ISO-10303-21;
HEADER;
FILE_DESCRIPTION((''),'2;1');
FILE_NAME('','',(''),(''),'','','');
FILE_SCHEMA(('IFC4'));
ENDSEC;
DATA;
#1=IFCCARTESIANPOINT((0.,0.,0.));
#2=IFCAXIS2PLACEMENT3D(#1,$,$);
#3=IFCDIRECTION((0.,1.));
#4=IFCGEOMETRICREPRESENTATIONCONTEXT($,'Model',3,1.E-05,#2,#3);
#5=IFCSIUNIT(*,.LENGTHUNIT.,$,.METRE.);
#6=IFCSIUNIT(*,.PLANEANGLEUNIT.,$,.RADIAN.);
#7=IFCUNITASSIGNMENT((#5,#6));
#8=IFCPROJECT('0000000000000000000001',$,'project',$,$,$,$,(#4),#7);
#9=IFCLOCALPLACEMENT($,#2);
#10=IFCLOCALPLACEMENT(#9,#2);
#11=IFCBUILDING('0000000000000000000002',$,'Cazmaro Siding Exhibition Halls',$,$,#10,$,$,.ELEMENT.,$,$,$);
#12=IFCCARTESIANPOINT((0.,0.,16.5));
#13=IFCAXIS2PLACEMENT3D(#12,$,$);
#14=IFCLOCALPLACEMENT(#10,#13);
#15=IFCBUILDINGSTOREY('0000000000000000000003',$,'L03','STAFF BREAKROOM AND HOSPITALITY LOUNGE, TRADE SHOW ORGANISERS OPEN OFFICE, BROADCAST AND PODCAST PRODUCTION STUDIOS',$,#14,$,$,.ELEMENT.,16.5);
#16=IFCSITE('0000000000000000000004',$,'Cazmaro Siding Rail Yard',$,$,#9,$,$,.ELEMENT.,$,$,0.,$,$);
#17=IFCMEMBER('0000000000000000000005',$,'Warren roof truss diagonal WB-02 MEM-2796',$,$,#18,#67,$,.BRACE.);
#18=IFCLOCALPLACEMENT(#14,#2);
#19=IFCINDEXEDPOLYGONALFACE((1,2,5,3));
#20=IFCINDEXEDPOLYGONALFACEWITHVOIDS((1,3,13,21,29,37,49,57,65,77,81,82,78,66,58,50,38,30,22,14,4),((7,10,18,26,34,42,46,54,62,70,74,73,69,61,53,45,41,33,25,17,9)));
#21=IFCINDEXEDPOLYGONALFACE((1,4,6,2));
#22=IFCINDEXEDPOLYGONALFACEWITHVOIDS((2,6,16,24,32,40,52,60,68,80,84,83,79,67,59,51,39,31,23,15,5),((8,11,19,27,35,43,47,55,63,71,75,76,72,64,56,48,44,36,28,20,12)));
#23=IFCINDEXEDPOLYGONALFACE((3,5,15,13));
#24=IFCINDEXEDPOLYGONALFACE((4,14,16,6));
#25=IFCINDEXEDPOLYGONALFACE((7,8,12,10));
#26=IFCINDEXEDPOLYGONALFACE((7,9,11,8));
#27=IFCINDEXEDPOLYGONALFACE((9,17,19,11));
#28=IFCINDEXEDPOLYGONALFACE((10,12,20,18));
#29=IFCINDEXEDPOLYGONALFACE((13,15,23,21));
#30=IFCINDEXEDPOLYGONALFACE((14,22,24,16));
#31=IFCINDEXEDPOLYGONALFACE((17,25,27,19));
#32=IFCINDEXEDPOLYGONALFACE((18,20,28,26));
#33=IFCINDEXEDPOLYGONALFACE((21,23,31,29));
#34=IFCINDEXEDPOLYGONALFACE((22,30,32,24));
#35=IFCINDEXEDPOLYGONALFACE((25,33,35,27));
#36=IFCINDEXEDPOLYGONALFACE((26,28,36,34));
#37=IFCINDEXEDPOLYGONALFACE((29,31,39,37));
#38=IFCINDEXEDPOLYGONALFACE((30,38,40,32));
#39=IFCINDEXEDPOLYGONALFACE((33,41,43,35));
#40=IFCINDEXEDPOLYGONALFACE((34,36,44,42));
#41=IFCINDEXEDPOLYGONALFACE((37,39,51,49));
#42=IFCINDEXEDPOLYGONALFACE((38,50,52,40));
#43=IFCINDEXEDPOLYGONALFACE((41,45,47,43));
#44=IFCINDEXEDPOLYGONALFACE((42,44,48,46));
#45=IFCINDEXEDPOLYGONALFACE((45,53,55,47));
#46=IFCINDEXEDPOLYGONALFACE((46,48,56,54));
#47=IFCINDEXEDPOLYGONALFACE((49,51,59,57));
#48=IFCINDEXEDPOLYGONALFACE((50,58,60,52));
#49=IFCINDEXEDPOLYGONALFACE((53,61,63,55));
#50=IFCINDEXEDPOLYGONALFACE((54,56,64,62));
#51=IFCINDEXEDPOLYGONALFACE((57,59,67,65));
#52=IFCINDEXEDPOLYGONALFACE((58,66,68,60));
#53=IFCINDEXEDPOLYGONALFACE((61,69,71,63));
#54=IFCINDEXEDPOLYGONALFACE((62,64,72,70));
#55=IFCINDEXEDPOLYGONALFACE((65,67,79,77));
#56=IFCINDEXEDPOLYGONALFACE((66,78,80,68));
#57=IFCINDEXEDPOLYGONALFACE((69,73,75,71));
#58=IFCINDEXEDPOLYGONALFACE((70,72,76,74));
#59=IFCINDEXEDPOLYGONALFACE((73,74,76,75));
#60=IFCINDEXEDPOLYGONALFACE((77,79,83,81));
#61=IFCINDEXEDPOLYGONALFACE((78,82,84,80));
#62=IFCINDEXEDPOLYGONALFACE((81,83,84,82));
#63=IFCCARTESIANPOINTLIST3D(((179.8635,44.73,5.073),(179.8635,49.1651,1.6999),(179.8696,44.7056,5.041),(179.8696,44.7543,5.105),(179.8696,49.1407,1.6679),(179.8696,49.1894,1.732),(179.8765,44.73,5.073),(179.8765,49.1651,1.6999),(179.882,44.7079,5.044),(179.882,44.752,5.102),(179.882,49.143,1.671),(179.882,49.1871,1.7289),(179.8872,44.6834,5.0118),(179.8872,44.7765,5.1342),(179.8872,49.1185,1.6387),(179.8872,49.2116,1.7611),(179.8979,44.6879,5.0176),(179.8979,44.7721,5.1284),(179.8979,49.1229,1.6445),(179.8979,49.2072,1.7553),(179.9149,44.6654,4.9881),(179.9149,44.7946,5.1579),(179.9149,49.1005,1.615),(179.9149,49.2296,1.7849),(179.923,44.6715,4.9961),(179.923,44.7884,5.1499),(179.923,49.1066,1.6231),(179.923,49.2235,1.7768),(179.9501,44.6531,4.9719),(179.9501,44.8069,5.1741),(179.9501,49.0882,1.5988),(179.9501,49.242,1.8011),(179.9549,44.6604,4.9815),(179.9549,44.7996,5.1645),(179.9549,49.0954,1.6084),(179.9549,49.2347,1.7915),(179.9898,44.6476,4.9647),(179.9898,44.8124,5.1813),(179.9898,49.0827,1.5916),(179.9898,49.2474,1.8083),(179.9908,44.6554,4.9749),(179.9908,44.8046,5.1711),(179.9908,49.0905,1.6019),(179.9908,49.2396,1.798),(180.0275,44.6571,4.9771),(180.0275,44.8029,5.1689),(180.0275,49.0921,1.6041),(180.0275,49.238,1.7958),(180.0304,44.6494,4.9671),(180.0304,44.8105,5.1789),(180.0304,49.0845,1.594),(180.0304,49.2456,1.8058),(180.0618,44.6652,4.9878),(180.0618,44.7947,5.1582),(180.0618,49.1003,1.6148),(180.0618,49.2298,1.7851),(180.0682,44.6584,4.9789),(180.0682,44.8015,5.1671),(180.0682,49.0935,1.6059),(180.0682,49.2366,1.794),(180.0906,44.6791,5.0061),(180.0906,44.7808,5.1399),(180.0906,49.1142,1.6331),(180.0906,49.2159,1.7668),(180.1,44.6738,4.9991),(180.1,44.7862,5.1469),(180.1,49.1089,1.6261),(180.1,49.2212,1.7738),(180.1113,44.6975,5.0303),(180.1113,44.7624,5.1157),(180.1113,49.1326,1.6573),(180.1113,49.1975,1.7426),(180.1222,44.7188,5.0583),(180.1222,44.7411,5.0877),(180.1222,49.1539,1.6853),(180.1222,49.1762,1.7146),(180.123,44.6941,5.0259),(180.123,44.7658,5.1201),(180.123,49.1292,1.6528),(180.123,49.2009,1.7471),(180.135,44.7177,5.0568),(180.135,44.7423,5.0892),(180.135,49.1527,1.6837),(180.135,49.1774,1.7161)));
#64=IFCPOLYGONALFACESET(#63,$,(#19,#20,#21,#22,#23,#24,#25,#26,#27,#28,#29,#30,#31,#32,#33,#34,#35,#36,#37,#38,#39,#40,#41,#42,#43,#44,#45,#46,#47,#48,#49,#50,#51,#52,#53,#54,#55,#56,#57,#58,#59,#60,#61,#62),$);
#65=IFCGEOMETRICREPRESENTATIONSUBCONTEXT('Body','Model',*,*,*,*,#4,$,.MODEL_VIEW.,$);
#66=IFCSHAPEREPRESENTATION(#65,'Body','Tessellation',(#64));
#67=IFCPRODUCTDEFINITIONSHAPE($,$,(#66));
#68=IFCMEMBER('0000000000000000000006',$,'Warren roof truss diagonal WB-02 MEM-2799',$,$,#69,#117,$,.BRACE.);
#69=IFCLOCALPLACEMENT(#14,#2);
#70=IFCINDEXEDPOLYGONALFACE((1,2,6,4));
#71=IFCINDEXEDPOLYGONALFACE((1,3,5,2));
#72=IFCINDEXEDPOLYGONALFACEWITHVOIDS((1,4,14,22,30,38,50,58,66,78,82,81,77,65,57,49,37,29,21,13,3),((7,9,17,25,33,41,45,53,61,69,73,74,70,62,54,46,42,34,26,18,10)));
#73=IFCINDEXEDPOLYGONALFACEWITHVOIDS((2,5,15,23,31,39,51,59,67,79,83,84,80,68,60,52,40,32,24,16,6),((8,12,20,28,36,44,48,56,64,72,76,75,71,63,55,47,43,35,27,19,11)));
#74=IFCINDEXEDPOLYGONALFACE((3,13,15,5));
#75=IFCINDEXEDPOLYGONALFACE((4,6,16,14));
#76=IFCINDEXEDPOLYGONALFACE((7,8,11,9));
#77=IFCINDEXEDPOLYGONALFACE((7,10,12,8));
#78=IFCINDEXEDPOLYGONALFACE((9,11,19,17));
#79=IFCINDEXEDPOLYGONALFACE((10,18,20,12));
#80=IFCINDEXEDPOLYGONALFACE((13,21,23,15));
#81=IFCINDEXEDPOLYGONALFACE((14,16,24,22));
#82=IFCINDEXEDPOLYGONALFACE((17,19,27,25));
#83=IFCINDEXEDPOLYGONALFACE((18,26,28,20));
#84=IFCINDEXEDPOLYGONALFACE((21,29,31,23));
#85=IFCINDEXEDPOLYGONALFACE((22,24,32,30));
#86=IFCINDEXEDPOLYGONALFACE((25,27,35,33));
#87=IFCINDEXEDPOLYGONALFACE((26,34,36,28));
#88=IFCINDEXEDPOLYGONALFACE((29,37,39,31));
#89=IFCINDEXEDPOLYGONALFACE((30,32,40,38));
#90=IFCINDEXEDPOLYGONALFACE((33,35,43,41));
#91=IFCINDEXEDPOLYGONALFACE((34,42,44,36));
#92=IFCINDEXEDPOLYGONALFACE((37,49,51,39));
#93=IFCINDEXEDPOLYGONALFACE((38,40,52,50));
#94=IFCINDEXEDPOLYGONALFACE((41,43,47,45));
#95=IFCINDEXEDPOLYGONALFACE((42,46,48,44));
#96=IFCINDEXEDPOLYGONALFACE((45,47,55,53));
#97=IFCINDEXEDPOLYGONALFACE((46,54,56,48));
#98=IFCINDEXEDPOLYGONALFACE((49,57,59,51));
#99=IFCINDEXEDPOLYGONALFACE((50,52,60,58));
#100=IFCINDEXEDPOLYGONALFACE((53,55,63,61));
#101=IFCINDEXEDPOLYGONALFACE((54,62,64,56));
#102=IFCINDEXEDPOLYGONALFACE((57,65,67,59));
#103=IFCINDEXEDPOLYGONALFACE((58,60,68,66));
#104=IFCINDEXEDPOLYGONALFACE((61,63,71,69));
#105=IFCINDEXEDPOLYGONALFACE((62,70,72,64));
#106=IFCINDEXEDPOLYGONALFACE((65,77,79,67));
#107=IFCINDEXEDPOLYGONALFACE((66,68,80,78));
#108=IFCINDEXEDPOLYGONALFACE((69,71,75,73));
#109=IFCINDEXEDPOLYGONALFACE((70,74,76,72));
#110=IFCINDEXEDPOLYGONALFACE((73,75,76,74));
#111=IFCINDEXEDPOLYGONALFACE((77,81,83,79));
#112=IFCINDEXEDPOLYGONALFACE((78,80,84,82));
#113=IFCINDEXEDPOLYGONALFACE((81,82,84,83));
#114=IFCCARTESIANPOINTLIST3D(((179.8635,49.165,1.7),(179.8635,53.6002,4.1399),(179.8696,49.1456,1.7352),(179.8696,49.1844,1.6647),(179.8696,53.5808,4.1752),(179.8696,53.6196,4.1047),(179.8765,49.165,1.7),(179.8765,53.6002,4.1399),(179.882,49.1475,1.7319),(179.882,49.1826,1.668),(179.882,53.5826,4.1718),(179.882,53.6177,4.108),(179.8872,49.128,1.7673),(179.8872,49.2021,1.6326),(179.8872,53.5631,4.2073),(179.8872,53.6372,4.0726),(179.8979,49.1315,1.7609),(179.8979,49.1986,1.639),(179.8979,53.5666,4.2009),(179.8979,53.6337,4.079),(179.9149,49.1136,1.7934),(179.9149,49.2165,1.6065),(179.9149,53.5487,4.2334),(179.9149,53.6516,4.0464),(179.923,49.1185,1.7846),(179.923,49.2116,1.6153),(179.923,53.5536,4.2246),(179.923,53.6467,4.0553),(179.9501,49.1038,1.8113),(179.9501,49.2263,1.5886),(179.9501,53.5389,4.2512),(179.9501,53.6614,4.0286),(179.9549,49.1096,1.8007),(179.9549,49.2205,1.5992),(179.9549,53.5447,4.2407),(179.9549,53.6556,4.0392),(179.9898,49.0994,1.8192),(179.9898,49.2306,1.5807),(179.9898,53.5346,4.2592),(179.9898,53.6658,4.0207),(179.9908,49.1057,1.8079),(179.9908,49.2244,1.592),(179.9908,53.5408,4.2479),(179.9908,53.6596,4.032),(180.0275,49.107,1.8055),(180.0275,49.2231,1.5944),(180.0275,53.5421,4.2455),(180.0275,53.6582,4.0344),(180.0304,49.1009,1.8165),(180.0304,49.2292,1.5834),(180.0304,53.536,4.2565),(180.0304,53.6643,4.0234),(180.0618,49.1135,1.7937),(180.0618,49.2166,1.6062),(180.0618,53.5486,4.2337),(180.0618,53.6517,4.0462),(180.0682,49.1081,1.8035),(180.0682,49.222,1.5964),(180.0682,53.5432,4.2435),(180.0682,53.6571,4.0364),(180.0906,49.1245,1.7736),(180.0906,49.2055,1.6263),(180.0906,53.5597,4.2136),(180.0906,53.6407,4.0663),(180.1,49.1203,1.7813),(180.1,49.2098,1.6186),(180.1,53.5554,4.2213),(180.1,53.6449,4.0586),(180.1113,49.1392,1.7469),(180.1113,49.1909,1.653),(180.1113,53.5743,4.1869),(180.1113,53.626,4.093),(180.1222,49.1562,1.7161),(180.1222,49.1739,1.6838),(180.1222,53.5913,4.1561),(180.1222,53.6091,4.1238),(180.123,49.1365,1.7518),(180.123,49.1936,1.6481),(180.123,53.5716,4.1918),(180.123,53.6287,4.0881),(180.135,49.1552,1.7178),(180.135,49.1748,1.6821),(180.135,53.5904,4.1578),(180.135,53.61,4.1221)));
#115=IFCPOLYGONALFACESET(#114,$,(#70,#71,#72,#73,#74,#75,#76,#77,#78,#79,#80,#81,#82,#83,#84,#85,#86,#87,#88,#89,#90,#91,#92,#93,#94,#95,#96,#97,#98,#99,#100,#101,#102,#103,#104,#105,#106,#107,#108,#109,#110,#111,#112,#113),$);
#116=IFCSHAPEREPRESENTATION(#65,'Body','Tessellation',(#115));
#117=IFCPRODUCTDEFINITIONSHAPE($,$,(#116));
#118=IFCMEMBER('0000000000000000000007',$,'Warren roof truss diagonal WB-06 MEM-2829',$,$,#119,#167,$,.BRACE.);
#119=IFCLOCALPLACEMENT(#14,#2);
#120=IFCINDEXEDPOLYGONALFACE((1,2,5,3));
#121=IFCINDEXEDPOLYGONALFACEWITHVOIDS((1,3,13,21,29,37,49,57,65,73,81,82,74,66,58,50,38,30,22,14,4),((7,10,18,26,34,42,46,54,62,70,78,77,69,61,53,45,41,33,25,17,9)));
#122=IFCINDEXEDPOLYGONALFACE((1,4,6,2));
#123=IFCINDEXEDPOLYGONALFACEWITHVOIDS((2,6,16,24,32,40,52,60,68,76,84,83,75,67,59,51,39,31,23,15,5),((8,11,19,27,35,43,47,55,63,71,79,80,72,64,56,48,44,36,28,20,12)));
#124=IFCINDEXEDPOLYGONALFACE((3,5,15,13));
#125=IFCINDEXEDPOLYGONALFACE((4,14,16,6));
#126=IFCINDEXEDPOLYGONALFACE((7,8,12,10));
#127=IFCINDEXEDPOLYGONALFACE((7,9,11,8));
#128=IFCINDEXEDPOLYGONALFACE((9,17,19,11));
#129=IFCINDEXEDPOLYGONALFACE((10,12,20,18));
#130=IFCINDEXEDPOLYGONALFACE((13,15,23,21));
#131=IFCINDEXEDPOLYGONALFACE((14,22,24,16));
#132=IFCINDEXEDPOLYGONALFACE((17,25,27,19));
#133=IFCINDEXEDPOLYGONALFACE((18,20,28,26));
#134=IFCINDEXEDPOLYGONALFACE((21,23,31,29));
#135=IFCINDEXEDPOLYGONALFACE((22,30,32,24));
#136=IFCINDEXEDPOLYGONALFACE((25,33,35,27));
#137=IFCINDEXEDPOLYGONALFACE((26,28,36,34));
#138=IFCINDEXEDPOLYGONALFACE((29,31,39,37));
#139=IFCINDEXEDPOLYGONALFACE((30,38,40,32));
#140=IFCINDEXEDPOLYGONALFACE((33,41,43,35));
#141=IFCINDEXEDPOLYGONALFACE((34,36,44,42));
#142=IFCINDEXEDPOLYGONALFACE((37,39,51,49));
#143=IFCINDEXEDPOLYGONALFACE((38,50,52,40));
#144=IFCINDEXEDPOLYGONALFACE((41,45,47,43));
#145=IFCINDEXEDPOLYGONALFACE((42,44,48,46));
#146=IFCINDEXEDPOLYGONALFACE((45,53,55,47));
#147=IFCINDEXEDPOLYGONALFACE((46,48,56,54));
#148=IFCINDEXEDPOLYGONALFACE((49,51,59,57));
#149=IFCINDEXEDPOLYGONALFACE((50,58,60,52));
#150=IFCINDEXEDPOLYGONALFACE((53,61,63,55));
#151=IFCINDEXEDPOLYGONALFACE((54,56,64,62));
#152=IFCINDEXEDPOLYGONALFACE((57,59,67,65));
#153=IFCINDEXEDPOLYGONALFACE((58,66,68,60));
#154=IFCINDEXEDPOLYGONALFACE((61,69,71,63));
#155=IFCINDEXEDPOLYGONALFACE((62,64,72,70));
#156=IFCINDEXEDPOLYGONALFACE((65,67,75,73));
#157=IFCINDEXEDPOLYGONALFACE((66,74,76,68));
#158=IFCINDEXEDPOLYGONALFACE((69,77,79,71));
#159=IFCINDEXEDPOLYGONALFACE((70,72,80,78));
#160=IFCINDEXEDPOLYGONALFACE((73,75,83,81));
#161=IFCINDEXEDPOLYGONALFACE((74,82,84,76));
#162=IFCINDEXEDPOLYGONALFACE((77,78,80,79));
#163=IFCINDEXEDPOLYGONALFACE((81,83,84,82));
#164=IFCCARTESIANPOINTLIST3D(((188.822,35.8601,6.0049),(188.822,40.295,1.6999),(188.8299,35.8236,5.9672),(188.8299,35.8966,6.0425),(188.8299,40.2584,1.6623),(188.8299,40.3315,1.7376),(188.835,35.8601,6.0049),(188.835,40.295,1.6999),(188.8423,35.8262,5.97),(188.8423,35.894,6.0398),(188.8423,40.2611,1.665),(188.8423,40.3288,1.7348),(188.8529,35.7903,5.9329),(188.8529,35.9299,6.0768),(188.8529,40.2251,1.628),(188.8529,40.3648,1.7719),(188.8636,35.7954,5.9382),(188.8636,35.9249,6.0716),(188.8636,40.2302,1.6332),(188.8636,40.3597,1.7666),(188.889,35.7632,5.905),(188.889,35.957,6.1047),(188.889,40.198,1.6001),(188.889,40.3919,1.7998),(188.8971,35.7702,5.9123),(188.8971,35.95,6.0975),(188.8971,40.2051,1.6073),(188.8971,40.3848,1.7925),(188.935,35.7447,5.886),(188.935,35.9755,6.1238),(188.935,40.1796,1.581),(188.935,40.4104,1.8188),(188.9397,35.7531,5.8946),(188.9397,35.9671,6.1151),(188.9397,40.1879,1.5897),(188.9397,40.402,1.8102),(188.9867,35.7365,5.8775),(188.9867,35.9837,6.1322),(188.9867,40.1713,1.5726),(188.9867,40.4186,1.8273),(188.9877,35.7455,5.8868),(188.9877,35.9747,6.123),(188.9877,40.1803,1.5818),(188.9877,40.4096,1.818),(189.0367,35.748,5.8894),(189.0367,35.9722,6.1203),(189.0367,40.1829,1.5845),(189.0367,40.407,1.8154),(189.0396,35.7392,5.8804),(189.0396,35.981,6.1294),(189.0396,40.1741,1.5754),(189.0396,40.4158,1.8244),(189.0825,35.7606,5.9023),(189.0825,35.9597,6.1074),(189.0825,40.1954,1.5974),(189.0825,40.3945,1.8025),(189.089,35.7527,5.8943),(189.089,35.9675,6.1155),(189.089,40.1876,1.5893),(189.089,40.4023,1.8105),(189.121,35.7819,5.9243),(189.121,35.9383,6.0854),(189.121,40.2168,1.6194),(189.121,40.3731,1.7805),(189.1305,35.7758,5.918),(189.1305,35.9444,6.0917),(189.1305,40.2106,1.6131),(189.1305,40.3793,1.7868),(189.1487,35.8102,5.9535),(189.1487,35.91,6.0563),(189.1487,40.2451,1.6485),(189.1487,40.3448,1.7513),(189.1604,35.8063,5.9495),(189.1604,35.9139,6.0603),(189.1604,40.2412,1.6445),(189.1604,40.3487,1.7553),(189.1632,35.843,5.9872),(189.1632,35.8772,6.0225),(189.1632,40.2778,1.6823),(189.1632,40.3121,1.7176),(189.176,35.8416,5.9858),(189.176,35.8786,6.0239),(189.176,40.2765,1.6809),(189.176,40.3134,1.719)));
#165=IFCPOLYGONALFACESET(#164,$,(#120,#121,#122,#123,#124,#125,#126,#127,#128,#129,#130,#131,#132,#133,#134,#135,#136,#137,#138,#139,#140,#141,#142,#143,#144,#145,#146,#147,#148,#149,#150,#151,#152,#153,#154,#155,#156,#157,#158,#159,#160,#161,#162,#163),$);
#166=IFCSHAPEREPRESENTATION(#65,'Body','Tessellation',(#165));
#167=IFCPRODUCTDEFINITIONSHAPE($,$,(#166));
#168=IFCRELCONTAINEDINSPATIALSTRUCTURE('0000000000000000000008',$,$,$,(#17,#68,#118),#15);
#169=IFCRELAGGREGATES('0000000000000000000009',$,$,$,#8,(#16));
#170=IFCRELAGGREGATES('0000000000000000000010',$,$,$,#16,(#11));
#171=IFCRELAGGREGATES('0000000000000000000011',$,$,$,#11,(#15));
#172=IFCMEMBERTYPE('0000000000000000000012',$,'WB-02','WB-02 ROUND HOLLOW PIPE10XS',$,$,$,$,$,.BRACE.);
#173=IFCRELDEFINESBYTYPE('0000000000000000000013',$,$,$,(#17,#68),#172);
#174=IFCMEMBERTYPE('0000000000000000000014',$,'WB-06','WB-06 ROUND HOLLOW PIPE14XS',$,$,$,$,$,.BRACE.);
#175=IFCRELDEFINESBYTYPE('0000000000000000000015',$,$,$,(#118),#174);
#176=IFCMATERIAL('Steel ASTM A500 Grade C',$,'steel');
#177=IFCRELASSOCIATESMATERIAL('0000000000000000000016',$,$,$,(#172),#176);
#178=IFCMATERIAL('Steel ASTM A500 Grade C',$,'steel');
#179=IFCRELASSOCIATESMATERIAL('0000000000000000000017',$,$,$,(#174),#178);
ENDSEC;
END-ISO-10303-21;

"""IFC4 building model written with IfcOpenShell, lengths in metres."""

from ifc_helpers import new_model, si_unit, direction, frame, origin, origin_2d, place, context, subcontext, project, spatial, hollow_circle, extrude, material, material_profile, profile_set, type_object, element, save


model = new_model("IFC4")

# Units and contexts
model_context = context("Model", 3, precision=1e-05, world=origin(), true_north=direction((0.0, 1.0)))
body_context = subcontext(model_context, "Body", "Model", "MODEL_VIEW")
ifc_project = project(units=[si_unit("LENGTHUNIT", "METRE"), si_unit("PLANEANGLEUNIT", "RADIAN")], contexts=[model_context])

# Site, building, storey
site_placement = place(None, origin())
site = spatial("IfcSite", under=ifc_project, at=site_placement, Name="Cazmaro Siding Rail Yard", CompositionType="ELEMENT", RefElevation=0.0)
building_placement = place(site_placement, origin())
building = spatial("IfcBuilding", under=site, at=building_placement, Name="Cazmaro Siding Exhibition Halls", CompositionType="ELEMENT")
storey_placement = place(building_placement, frame((0.0, 0.0, 16.5)))
storey = spatial("IfcBuildingStorey", under=building, at=storey_placement, Name="L03", Description="STAFF BREAKROOM AND HOSPITALITY LOUNGE, TRADE SHOW ORGANISERS OPEN OFFICE, BROADCAST AND PODCAST PRODUCTION STUDIOS", CompositionType="ELEMENT", Elevation=16.5)

# Members
ifc_material_1 = material(Name="Steel ASTM A500 Grade C", Category="steel")
ifc_material_profile_1 = material_profile(ifc_material_1, hollow_circle(Radius=0.1365, WallThickness=0.0129, at=origin_2d()), Name="PIPE10XS")
ifc_profile_set_1 = profile_set([ifc_material_profile_1], Name="Steel ASTM A500 Grade C")
member_type_1 = type_object("IfcMemberType", Name="WB-02", Description="WB-02 ROUND HOLLOW PIPE10XS", PredefinedType="BRACE", material=ifc_profile_set_1)
for number, where, z_axis, x_axis, name in (
    (1, (180.0, 44.73, 5.073), (0.0, 0.795954, -0.605357), (-1.0, 0.0, 0.0), "Warren roof truss diagonal WB-02 MEM-2796"),
):
    element("IfcMember", number, at=place(storey_placement, frame(where, z_axis=z_axis, x_axis=x_axis)), inside=storey, type_object=member_type_1, Name=name, PredefinedType="BRACE", context=body_context, shape_type="SweptSolid", body=[
        extrude(hollow_circle(Radius=0.1365, WallThickness=0.0129, at=origin_2d()), origin(), (0.0, 0.0, 1.0), 5.572),
    ])
member_1_placement = place(storey_placement, frame((180.0, 49.165, 1.7), z_axis=(0.0, 0.876161, 0.482019), x_axis=(-1.0, 0.0, 0.0)))
element("IfcMember", 2, at=member_1_placement, inside=storey, type_object=member_type_1, Name="Warren roof truss diagonal WB-02 MEM-2799", PredefinedType="BRACE", context=body_context, shape_type="SweptSolid", body=[
    extrude(hollow_circle(Radius=0.1365, WallThickness=0.0129, at=origin_2d()), origin(), (0.0, 0.0, 1.0), 5.062),
])
ifc_material_2 = material(Name="Steel ASTM A500 Grade C", Category="steel")
ifc_material_profile_2 = material_profile(ifc_material_2, hollow_circle(Radius=0.178, WallThickness=0.0129, at=origin_2d()), Name="PIPE14XS")
ifc_profile_set_2 = profile_set([ifc_material_profile_2], Name="Steel ASTM A500 Grade C")
member_type_2 = type_object("IfcMemberType", Name="WB-06", Description="WB-06 ROUND HOLLOW PIPE14XS", PredefinedType="BRACE", material=ifc_profile_set_2)
member_2_placement = place(storey_placement, frame((189.0, 35.8601, 6.0049), z_axis=(0.0, 0.717536, -0.696521), x_axis=(-1.0, 0.0, 0.0)))
element("IfcMember", 3, at=member_2_placement, inside=storey, type_object=member_type_2, Name="Warren roof truss diagonal WB-06 MEM-2829", PredefinedType="BRACE", context=body_context, shape_type="SweptSolid", body=[
    extrude(hollow_circle(Radius=0.178, WallThickness=0.0129, at=origin_2d()), origin(), (0.0, 0.0, 1.0), 6.1807),
])

save(model, "model.ifc")
